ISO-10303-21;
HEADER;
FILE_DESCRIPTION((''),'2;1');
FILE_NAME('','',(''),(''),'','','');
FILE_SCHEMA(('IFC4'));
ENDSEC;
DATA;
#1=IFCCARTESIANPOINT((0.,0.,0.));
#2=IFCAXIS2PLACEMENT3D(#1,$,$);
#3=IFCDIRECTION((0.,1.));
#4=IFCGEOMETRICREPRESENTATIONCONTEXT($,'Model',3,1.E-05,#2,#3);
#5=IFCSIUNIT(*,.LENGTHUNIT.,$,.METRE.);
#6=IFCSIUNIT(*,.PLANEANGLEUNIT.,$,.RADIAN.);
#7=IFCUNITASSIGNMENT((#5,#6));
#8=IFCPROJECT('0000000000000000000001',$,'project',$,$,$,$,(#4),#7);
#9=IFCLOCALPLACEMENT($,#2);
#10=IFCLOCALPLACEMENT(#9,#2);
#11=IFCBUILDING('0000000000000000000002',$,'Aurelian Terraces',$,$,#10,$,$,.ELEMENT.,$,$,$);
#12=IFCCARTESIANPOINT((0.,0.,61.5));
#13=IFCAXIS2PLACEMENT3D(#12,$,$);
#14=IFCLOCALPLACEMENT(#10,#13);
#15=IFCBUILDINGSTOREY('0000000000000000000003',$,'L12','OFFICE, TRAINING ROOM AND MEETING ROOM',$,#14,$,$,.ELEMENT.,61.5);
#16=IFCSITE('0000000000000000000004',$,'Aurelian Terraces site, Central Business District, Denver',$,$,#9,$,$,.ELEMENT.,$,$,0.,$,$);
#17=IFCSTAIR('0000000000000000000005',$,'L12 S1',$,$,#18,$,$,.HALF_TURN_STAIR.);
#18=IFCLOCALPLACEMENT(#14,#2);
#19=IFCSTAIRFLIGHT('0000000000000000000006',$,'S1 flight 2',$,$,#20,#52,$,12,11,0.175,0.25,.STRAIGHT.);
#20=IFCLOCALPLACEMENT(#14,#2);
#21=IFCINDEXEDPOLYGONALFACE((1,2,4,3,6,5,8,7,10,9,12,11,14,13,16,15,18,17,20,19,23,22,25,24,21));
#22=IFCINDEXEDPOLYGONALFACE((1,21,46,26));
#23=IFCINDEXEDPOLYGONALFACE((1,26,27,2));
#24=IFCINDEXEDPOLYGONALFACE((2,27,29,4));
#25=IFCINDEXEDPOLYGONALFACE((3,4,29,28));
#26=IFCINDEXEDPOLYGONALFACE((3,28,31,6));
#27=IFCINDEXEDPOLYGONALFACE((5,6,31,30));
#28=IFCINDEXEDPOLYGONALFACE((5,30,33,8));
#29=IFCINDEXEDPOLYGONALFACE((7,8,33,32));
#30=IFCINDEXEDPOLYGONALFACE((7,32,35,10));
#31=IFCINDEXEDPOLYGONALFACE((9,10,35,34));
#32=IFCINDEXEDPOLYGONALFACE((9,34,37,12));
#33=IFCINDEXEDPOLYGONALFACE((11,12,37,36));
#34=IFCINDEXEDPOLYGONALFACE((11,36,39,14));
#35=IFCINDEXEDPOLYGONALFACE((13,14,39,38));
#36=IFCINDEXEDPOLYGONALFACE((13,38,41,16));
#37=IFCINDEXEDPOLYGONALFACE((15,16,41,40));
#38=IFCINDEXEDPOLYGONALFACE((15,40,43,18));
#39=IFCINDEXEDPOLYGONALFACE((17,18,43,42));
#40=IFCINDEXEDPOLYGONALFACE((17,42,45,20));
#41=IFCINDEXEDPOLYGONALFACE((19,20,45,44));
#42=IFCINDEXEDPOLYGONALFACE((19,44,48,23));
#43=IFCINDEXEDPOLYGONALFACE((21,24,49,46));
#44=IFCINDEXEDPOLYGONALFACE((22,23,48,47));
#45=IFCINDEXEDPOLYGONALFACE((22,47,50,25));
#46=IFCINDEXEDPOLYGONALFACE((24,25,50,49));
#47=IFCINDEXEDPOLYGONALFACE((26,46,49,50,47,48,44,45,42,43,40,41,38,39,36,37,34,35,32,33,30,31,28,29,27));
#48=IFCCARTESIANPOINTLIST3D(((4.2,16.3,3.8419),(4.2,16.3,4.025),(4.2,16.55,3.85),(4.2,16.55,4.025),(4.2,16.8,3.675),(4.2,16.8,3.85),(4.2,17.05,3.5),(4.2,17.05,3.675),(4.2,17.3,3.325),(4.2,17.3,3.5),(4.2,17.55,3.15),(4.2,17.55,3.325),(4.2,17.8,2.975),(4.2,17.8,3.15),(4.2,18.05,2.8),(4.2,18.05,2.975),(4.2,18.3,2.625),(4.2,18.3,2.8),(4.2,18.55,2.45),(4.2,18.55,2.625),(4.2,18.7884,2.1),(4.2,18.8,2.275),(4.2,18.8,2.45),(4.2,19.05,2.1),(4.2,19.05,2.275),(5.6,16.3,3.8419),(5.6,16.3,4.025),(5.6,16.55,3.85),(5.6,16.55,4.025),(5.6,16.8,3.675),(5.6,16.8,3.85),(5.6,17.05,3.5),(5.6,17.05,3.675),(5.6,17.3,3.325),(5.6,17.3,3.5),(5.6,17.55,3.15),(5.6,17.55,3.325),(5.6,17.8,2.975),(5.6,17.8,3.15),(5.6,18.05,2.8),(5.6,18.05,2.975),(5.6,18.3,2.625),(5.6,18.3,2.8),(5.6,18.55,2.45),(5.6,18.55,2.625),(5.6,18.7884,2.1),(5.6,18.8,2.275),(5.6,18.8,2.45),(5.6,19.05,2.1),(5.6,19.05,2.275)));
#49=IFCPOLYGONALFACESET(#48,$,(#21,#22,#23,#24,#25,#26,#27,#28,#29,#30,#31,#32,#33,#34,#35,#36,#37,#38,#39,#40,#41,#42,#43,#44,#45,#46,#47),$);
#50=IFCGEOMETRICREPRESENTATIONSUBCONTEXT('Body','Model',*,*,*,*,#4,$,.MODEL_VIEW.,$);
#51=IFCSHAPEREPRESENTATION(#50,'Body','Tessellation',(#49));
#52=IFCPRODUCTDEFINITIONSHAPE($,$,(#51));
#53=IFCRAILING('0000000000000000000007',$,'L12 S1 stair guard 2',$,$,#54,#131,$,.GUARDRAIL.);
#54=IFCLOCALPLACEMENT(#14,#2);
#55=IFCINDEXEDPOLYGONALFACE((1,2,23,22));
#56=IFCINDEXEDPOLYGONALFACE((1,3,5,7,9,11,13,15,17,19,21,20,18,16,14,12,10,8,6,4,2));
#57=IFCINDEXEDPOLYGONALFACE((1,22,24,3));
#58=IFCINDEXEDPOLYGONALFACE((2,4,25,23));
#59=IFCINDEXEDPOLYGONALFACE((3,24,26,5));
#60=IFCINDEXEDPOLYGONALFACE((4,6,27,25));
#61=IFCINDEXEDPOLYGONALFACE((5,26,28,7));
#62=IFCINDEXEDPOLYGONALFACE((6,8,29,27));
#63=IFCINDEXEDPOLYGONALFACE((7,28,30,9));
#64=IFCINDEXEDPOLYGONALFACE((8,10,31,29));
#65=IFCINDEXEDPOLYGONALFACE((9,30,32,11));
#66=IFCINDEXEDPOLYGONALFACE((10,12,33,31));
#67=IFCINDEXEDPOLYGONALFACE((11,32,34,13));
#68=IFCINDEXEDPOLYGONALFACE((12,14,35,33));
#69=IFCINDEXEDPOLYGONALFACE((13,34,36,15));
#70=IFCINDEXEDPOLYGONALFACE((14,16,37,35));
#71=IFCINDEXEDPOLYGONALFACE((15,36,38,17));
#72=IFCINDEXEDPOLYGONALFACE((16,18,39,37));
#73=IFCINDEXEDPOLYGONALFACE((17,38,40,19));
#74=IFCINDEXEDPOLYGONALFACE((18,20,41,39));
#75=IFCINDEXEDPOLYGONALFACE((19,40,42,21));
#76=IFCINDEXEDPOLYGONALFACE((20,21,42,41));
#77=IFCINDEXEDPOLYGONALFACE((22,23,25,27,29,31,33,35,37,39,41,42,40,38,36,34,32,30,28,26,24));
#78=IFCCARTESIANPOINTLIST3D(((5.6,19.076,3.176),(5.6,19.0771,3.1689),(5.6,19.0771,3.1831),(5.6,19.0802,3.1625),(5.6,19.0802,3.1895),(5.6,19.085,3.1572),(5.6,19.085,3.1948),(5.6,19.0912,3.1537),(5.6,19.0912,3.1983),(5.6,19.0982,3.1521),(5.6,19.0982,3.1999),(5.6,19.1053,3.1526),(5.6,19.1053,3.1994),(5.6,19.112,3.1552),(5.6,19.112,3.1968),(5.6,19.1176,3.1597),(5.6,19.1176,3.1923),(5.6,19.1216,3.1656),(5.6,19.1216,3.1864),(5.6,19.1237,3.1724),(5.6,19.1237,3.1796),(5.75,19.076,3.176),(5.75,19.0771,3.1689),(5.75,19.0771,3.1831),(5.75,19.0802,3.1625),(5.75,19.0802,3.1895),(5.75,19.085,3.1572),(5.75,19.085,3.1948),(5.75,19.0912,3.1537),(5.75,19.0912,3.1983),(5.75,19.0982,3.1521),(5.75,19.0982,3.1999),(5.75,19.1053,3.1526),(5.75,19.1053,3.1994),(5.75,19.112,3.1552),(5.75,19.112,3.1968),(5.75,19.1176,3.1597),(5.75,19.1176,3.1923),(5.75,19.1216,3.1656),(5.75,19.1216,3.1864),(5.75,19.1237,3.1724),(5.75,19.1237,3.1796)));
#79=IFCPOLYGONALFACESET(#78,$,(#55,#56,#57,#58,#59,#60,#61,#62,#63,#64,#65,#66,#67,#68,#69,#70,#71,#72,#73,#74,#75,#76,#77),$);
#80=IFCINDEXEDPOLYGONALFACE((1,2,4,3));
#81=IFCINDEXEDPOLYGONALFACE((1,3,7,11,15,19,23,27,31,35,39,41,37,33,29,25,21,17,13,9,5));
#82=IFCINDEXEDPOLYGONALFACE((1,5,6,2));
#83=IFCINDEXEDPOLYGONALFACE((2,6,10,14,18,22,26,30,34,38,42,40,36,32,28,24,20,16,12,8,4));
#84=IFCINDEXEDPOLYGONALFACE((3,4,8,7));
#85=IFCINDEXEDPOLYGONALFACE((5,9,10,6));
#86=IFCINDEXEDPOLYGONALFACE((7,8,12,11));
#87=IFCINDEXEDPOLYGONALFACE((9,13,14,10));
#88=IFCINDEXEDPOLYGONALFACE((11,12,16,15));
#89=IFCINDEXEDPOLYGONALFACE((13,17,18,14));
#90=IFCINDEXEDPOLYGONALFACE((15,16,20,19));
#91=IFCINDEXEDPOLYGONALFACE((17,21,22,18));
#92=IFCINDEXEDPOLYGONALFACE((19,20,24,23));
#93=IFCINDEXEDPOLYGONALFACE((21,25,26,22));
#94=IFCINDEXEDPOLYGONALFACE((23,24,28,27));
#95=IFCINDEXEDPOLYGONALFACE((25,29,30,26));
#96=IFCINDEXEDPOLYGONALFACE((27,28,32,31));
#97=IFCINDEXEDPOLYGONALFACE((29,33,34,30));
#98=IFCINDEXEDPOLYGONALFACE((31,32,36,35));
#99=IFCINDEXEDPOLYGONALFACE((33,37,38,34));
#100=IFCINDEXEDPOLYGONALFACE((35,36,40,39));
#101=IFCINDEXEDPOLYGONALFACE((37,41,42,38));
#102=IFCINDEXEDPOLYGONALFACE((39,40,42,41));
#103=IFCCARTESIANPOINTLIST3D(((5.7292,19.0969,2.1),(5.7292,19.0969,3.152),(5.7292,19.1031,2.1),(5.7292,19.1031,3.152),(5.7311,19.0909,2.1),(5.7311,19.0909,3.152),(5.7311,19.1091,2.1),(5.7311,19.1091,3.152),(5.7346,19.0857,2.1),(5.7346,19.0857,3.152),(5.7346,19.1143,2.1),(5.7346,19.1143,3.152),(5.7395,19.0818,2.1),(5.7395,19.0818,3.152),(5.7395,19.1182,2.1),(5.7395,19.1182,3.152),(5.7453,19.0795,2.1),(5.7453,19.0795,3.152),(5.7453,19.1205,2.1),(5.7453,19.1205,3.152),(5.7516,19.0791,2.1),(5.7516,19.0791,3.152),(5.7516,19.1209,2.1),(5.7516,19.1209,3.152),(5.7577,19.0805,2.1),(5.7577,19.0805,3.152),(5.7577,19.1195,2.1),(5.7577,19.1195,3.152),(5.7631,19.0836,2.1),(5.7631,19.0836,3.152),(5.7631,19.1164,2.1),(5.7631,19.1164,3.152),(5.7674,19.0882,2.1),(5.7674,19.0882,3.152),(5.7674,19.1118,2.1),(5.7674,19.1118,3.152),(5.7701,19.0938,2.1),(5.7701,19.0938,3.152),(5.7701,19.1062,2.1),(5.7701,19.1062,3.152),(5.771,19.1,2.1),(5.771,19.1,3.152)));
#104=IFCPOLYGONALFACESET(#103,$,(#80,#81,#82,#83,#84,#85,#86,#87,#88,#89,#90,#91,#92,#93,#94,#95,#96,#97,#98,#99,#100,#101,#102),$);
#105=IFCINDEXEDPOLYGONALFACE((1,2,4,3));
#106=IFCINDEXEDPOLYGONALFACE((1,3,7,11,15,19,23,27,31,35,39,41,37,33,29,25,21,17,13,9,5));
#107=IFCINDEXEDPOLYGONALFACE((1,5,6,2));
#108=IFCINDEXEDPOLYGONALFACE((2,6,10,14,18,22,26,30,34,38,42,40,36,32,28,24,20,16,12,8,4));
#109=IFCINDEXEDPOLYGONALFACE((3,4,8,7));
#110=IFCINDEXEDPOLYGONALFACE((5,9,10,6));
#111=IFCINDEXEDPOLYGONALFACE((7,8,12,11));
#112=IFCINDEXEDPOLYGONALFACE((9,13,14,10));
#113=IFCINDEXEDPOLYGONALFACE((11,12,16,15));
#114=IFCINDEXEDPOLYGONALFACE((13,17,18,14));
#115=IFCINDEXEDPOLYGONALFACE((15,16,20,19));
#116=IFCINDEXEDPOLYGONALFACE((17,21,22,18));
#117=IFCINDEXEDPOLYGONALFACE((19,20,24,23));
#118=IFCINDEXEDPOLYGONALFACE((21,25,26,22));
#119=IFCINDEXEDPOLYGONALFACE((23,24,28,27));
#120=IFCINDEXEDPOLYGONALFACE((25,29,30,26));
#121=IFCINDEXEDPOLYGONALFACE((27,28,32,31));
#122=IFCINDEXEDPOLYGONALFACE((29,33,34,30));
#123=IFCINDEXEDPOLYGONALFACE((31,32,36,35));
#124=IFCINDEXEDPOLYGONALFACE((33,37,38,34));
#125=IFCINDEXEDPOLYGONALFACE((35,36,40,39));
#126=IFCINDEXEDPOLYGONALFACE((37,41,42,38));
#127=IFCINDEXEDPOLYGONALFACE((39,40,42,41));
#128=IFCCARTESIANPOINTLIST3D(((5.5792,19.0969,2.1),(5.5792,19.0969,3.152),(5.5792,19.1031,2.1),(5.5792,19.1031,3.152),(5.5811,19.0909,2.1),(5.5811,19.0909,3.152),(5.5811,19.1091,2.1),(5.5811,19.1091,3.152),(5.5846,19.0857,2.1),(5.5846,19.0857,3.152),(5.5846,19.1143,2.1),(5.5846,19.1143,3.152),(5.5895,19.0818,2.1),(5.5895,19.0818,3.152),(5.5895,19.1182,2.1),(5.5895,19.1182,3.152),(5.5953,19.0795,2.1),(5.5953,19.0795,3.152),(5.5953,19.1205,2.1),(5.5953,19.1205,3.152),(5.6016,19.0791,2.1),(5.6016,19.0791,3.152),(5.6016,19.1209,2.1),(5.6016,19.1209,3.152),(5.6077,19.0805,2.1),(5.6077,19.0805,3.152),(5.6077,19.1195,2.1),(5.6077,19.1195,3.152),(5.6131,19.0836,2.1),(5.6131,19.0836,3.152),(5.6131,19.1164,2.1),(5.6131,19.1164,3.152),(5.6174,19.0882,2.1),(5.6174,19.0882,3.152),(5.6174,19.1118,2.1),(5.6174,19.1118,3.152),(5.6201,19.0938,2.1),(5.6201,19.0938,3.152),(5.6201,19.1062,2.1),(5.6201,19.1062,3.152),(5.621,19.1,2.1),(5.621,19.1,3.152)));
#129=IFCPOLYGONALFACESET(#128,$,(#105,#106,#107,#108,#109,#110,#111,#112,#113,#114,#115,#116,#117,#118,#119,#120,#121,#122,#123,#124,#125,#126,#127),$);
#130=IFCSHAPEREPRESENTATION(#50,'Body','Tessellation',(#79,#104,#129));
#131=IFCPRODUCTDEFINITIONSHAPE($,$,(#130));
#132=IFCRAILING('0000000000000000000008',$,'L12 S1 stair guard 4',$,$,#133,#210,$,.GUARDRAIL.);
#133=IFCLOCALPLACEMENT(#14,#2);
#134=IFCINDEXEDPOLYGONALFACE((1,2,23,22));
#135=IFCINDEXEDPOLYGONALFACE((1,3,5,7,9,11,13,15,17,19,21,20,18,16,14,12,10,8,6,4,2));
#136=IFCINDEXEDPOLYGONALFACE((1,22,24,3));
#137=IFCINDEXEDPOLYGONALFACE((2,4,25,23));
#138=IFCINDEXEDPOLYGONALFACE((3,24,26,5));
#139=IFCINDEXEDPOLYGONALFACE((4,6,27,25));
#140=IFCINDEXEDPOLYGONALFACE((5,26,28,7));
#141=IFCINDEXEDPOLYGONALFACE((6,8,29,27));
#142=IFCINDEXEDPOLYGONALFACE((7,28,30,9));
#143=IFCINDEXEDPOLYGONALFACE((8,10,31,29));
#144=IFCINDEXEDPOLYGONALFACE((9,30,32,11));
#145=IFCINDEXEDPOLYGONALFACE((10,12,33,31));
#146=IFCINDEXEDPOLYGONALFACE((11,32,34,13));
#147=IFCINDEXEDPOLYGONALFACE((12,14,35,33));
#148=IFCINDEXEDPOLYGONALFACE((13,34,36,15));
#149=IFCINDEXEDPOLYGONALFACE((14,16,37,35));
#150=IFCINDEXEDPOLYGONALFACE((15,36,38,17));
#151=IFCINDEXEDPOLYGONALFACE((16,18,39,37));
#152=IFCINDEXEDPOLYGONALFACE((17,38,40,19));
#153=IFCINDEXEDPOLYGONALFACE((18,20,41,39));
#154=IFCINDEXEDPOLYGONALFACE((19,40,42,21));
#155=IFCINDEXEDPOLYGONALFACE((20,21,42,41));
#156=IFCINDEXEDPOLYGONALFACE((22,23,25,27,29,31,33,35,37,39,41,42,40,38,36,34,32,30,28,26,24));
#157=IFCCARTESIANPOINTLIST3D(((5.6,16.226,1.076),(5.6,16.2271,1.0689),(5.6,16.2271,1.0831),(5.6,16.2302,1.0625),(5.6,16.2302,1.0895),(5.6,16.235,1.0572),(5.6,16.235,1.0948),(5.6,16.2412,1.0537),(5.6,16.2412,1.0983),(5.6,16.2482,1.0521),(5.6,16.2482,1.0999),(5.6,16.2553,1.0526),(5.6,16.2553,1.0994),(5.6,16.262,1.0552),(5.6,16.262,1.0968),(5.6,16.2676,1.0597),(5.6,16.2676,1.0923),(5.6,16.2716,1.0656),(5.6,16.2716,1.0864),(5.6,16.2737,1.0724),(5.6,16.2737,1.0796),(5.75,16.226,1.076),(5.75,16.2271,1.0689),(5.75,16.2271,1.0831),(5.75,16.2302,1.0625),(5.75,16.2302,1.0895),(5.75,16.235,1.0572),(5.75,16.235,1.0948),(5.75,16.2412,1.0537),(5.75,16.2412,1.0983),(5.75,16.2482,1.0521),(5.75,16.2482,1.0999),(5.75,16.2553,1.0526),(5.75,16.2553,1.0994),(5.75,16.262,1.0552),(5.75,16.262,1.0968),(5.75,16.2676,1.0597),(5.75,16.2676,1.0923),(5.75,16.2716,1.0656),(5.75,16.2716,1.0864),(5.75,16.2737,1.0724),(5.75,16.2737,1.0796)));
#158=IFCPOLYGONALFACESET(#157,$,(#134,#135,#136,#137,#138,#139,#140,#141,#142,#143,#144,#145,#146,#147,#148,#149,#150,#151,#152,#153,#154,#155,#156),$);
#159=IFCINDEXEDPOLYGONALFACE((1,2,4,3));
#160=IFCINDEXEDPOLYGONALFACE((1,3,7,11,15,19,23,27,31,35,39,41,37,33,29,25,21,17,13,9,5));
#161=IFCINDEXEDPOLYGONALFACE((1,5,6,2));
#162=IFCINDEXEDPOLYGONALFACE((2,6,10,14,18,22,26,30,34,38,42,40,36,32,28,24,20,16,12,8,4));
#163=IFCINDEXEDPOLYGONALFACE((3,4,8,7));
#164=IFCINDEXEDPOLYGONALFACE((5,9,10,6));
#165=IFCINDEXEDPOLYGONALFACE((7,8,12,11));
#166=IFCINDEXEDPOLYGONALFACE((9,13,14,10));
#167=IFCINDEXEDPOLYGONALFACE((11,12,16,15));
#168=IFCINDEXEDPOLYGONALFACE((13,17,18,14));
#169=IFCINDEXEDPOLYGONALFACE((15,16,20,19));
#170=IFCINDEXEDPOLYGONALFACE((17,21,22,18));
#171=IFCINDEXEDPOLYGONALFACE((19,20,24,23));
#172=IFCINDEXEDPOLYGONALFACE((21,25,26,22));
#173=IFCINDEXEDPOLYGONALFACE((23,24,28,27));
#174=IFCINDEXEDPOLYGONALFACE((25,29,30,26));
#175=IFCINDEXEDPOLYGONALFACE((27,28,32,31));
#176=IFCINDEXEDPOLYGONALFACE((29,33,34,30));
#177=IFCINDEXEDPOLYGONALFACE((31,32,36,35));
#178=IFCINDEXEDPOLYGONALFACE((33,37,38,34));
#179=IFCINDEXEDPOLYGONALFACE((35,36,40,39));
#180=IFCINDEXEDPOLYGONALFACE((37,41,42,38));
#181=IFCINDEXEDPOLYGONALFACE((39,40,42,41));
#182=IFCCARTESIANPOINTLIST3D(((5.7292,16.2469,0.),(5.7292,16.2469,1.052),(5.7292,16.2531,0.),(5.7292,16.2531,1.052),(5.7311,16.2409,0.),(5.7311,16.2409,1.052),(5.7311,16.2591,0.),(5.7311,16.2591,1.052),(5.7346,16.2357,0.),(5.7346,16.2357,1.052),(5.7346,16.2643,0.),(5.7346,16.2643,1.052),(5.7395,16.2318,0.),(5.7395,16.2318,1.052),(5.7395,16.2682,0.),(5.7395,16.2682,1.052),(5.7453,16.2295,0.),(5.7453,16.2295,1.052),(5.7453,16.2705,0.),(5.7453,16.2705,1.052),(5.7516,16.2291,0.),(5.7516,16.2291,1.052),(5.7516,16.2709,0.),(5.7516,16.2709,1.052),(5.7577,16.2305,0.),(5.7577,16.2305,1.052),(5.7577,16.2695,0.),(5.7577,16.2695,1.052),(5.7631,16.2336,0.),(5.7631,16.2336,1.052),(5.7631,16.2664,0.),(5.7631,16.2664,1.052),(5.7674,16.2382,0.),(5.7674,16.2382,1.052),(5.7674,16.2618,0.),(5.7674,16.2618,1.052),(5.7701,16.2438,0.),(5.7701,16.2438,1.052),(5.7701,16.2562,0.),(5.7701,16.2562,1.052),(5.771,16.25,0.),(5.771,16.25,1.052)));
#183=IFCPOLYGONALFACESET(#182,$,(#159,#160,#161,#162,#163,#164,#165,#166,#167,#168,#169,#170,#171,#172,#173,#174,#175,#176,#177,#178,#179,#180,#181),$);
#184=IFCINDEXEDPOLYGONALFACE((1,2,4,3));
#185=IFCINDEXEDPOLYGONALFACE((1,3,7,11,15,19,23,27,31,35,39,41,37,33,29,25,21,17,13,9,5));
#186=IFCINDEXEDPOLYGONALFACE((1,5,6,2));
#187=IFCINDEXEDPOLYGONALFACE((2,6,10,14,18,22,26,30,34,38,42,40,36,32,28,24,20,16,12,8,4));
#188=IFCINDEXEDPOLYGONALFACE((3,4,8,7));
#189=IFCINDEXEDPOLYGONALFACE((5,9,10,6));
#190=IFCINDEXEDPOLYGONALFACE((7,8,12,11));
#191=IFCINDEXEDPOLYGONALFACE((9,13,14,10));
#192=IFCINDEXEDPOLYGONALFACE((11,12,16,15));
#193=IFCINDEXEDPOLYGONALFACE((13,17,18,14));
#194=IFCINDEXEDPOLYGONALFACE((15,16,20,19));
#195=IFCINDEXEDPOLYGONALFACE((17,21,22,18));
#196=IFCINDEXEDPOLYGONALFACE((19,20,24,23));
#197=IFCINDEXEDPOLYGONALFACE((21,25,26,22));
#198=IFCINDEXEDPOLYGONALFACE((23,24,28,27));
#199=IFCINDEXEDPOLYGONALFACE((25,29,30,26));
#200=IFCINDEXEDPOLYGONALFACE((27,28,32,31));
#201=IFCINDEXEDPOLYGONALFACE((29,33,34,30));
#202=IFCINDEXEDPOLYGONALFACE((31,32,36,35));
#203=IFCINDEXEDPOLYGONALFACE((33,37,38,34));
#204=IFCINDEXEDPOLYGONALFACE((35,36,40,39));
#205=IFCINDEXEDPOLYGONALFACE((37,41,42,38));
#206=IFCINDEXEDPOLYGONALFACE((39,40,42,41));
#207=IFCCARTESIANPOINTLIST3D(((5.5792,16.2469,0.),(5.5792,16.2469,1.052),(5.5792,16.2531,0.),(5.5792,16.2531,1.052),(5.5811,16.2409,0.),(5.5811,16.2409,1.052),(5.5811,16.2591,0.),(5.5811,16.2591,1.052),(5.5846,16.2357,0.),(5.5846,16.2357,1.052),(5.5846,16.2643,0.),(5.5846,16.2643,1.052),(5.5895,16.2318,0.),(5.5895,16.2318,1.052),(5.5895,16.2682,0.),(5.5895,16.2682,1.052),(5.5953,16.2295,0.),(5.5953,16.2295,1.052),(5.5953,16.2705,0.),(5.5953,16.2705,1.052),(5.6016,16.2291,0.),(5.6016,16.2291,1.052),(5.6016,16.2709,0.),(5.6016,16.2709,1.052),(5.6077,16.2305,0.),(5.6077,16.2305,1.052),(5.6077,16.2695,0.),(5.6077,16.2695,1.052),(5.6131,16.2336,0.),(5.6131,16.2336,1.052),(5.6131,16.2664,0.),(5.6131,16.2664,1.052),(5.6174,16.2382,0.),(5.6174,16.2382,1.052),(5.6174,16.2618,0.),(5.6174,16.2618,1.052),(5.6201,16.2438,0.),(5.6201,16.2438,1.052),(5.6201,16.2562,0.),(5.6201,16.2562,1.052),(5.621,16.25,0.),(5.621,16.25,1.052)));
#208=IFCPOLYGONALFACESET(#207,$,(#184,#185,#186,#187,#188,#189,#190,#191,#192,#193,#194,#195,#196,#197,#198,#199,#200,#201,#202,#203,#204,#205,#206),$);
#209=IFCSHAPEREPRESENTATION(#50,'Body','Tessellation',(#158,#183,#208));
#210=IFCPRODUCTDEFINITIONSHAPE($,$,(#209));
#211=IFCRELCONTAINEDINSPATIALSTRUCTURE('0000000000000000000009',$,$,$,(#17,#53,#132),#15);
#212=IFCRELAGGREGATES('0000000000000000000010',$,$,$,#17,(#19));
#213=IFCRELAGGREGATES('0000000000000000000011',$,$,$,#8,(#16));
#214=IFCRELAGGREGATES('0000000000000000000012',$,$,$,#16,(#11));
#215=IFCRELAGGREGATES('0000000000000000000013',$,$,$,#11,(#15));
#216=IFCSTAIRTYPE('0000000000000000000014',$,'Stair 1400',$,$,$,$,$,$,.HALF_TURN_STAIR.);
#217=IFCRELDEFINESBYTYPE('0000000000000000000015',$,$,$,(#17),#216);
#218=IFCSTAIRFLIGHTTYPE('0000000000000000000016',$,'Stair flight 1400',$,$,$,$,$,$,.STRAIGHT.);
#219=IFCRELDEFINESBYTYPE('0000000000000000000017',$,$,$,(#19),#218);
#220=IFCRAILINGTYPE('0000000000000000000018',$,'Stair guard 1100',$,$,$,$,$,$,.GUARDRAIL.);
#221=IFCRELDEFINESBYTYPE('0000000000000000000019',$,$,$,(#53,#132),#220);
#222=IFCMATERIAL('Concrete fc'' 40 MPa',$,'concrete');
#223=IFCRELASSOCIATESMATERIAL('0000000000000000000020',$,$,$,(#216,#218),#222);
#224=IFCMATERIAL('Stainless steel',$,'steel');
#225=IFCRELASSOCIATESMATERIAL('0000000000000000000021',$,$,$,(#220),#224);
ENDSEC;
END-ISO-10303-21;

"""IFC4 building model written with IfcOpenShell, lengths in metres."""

from ifc_helpers import new_model, si_unit, direction, frame, origin, origin_2d, place, context, subcontext, project, spatial, polyline, circle, outline, extrude, source, transform, mapped, material, type_object, element, aggregate, save


model = new_model("IFC4")

# Units and contexts
model_context = context("Model", 3, precision=1e-05, world=origin(), true_north=direction((0.0, 1.0)))
body_context = subcontext(model_context, "Body", "Model", "MODEL_VIEW")
ifc_project = project(units=[si_unit("LENGTHUNIT", "METRE"), si_unit("PLANEANGLEUNIT", "RADIAN")], contexts=[model_context])

# Site, building, storey
site_placement = place(None, origin())
site = spatial("IfcSite", under=ifc_project, at=site_placement, Name="Aurelian Terraces site, Central Business District, Denver", CompositionType="ELEMENT", RefElevation=0.0)
building_placement = place(site_placement, origin())
building = spatial("IfcBuilding", under=site, at=building_placement, Name="Aurelian Terraces", CompositionType="ELEMENT")
storey_placement = place(building_placement, frame((0.0, 0.0, 61.5)))
storey = spatial("IfcBuildingStorey", under=building, at=storey_placement, Name="L12", Description="OFFICE, TRAINING ROOM AND MEETING ROOM", CompositionType="ELEMENT", Elevation=61.5)

# Shared definitions
ifc_material_1 = material(Name="Concrete fc' 40 MPa", Category="concrete")

# Shared definitions
ifc_material_2 = material(Name="Stainless steel", Category="steel")

# Stair, stair flight
stair_type = type_object("IfcStairType", Name="Stair 1400", PredefinedType="HALF_TURN_STAIR", material=ifc_material_1)
stair_placement = place(storey_placement, origin())
stair = element("IfcStair", 1, at=stair_placement, inside=storey, type_object=stair_type, Name="L12 S1", PredefinedType="HALF_TURN_STAIR")
stair_flight_type = type_object("IfcStairFlightType", Name="Stair flight 1400", PredefinedType="STRAIGHT", material=ifc_material_1)
shared_shape_1 = source(origin(), body_context, "Body", "SweptSolid", [
    extrude(outline(polyline([(0.0, 0.0), (0.0, 0.175), (0.25, 0.175), (0.25, 0.35), (0.5, 0.35), (0.5, 0.525), (0.75, 0.525), (0.75, 0.7), (1.0, 0.7), (1.0, 0.875), (1.25, 0.875), (1.25, 1.05), (1.5, 1.05), (1.5, 1.225), (1.75, 1.225), (1.75, 1.4), (2.0, 1.4), (2.0, 1.575), (2.25, 1.575), (2.25, 1.75), (2.5, 1.75), (2.5, 1.925), (2.75, 1.925), (2.75, 2.1), (2.75, 1.7419), (0.2616, 0.0), (0.0, 0.0)])), frame((0.0, 0.7, 0.0), z_axis=(0.0, -1.0, 0.0), x_axis=(1.0, 0.0, 0.0)), (0.0, 0.0, 1.0), 1.4),
])
stair_flight_1_placement = place(storey_placement, frame((4.9, 19.05, 2.1), z_axis=(0.0, 0.0, 1.0), x_axis=(0.0, -1.0, 0.0)))
stair_flight_1 = element("IfcStairFlight", 2, at=stair_flight_1_placement, type_object=stair_flight_type, Name="S1 flight 2", NumberOfRisers=12, NumberOfTreads=11, PredefinedType="STRAIGHT", RiserHeight=0.175, TreadLength=0.25, context=body_context, shape_type="MappedRepresentation", body=[
    mapped(shared_shape_1, transform((0.0, 0.0, 0.0), scale=1.0)),
])
aggregate(stair, [stair_flight_1])

# Railings
railing_type_1 = type_object("IfcRailingType", Name="Stair guard 1100", PredefinedType="GUARDRAIL", material=ifc_material_2)
shared_shape_2 = source(origin(), body_context, "Body", "SweptSolid", [
    extrude(circle(Radius=0.024, at=origin_2d()), frame((0.0, 0.0, 1.076), z_axis=(-1.0, 0.0, 0.0), x_axis=(0.0, -1.0, 0.0)), (0.0, 0.0, 1.0), 0.15),
    extrude(circle(Radius=0.021, at=origin_2d()), origin(), (0.0, 0.0, 1.0), 1.052),
    extrude(circle(Radius=0.021, at=origin_2d()), frame((-0.15, 0.0, 0.0)), (0.0, 0.0, 1.0), 1.052),
])
for number, where, name in (
    (3, (5.75, 19.1, 2.1), "L12 S1 stair guard 2"),
    (4, (5.75, 16.25, 0.0), "L12 S1 stair guard 4"),
):
    element("IfcRailing", number, at=place(storey_placement, frame(where)), inside=storey, type_object=railing_type_1, Name=name, PredefinedType="GUARDRAIL", context=body_context, shape_type="MappedRepresentation", body=[
        mapped(shared_shape_2, transform((0.0, 0.0, 0.0), scale=1.0)),
    ])

save(model, "model.ifc")
